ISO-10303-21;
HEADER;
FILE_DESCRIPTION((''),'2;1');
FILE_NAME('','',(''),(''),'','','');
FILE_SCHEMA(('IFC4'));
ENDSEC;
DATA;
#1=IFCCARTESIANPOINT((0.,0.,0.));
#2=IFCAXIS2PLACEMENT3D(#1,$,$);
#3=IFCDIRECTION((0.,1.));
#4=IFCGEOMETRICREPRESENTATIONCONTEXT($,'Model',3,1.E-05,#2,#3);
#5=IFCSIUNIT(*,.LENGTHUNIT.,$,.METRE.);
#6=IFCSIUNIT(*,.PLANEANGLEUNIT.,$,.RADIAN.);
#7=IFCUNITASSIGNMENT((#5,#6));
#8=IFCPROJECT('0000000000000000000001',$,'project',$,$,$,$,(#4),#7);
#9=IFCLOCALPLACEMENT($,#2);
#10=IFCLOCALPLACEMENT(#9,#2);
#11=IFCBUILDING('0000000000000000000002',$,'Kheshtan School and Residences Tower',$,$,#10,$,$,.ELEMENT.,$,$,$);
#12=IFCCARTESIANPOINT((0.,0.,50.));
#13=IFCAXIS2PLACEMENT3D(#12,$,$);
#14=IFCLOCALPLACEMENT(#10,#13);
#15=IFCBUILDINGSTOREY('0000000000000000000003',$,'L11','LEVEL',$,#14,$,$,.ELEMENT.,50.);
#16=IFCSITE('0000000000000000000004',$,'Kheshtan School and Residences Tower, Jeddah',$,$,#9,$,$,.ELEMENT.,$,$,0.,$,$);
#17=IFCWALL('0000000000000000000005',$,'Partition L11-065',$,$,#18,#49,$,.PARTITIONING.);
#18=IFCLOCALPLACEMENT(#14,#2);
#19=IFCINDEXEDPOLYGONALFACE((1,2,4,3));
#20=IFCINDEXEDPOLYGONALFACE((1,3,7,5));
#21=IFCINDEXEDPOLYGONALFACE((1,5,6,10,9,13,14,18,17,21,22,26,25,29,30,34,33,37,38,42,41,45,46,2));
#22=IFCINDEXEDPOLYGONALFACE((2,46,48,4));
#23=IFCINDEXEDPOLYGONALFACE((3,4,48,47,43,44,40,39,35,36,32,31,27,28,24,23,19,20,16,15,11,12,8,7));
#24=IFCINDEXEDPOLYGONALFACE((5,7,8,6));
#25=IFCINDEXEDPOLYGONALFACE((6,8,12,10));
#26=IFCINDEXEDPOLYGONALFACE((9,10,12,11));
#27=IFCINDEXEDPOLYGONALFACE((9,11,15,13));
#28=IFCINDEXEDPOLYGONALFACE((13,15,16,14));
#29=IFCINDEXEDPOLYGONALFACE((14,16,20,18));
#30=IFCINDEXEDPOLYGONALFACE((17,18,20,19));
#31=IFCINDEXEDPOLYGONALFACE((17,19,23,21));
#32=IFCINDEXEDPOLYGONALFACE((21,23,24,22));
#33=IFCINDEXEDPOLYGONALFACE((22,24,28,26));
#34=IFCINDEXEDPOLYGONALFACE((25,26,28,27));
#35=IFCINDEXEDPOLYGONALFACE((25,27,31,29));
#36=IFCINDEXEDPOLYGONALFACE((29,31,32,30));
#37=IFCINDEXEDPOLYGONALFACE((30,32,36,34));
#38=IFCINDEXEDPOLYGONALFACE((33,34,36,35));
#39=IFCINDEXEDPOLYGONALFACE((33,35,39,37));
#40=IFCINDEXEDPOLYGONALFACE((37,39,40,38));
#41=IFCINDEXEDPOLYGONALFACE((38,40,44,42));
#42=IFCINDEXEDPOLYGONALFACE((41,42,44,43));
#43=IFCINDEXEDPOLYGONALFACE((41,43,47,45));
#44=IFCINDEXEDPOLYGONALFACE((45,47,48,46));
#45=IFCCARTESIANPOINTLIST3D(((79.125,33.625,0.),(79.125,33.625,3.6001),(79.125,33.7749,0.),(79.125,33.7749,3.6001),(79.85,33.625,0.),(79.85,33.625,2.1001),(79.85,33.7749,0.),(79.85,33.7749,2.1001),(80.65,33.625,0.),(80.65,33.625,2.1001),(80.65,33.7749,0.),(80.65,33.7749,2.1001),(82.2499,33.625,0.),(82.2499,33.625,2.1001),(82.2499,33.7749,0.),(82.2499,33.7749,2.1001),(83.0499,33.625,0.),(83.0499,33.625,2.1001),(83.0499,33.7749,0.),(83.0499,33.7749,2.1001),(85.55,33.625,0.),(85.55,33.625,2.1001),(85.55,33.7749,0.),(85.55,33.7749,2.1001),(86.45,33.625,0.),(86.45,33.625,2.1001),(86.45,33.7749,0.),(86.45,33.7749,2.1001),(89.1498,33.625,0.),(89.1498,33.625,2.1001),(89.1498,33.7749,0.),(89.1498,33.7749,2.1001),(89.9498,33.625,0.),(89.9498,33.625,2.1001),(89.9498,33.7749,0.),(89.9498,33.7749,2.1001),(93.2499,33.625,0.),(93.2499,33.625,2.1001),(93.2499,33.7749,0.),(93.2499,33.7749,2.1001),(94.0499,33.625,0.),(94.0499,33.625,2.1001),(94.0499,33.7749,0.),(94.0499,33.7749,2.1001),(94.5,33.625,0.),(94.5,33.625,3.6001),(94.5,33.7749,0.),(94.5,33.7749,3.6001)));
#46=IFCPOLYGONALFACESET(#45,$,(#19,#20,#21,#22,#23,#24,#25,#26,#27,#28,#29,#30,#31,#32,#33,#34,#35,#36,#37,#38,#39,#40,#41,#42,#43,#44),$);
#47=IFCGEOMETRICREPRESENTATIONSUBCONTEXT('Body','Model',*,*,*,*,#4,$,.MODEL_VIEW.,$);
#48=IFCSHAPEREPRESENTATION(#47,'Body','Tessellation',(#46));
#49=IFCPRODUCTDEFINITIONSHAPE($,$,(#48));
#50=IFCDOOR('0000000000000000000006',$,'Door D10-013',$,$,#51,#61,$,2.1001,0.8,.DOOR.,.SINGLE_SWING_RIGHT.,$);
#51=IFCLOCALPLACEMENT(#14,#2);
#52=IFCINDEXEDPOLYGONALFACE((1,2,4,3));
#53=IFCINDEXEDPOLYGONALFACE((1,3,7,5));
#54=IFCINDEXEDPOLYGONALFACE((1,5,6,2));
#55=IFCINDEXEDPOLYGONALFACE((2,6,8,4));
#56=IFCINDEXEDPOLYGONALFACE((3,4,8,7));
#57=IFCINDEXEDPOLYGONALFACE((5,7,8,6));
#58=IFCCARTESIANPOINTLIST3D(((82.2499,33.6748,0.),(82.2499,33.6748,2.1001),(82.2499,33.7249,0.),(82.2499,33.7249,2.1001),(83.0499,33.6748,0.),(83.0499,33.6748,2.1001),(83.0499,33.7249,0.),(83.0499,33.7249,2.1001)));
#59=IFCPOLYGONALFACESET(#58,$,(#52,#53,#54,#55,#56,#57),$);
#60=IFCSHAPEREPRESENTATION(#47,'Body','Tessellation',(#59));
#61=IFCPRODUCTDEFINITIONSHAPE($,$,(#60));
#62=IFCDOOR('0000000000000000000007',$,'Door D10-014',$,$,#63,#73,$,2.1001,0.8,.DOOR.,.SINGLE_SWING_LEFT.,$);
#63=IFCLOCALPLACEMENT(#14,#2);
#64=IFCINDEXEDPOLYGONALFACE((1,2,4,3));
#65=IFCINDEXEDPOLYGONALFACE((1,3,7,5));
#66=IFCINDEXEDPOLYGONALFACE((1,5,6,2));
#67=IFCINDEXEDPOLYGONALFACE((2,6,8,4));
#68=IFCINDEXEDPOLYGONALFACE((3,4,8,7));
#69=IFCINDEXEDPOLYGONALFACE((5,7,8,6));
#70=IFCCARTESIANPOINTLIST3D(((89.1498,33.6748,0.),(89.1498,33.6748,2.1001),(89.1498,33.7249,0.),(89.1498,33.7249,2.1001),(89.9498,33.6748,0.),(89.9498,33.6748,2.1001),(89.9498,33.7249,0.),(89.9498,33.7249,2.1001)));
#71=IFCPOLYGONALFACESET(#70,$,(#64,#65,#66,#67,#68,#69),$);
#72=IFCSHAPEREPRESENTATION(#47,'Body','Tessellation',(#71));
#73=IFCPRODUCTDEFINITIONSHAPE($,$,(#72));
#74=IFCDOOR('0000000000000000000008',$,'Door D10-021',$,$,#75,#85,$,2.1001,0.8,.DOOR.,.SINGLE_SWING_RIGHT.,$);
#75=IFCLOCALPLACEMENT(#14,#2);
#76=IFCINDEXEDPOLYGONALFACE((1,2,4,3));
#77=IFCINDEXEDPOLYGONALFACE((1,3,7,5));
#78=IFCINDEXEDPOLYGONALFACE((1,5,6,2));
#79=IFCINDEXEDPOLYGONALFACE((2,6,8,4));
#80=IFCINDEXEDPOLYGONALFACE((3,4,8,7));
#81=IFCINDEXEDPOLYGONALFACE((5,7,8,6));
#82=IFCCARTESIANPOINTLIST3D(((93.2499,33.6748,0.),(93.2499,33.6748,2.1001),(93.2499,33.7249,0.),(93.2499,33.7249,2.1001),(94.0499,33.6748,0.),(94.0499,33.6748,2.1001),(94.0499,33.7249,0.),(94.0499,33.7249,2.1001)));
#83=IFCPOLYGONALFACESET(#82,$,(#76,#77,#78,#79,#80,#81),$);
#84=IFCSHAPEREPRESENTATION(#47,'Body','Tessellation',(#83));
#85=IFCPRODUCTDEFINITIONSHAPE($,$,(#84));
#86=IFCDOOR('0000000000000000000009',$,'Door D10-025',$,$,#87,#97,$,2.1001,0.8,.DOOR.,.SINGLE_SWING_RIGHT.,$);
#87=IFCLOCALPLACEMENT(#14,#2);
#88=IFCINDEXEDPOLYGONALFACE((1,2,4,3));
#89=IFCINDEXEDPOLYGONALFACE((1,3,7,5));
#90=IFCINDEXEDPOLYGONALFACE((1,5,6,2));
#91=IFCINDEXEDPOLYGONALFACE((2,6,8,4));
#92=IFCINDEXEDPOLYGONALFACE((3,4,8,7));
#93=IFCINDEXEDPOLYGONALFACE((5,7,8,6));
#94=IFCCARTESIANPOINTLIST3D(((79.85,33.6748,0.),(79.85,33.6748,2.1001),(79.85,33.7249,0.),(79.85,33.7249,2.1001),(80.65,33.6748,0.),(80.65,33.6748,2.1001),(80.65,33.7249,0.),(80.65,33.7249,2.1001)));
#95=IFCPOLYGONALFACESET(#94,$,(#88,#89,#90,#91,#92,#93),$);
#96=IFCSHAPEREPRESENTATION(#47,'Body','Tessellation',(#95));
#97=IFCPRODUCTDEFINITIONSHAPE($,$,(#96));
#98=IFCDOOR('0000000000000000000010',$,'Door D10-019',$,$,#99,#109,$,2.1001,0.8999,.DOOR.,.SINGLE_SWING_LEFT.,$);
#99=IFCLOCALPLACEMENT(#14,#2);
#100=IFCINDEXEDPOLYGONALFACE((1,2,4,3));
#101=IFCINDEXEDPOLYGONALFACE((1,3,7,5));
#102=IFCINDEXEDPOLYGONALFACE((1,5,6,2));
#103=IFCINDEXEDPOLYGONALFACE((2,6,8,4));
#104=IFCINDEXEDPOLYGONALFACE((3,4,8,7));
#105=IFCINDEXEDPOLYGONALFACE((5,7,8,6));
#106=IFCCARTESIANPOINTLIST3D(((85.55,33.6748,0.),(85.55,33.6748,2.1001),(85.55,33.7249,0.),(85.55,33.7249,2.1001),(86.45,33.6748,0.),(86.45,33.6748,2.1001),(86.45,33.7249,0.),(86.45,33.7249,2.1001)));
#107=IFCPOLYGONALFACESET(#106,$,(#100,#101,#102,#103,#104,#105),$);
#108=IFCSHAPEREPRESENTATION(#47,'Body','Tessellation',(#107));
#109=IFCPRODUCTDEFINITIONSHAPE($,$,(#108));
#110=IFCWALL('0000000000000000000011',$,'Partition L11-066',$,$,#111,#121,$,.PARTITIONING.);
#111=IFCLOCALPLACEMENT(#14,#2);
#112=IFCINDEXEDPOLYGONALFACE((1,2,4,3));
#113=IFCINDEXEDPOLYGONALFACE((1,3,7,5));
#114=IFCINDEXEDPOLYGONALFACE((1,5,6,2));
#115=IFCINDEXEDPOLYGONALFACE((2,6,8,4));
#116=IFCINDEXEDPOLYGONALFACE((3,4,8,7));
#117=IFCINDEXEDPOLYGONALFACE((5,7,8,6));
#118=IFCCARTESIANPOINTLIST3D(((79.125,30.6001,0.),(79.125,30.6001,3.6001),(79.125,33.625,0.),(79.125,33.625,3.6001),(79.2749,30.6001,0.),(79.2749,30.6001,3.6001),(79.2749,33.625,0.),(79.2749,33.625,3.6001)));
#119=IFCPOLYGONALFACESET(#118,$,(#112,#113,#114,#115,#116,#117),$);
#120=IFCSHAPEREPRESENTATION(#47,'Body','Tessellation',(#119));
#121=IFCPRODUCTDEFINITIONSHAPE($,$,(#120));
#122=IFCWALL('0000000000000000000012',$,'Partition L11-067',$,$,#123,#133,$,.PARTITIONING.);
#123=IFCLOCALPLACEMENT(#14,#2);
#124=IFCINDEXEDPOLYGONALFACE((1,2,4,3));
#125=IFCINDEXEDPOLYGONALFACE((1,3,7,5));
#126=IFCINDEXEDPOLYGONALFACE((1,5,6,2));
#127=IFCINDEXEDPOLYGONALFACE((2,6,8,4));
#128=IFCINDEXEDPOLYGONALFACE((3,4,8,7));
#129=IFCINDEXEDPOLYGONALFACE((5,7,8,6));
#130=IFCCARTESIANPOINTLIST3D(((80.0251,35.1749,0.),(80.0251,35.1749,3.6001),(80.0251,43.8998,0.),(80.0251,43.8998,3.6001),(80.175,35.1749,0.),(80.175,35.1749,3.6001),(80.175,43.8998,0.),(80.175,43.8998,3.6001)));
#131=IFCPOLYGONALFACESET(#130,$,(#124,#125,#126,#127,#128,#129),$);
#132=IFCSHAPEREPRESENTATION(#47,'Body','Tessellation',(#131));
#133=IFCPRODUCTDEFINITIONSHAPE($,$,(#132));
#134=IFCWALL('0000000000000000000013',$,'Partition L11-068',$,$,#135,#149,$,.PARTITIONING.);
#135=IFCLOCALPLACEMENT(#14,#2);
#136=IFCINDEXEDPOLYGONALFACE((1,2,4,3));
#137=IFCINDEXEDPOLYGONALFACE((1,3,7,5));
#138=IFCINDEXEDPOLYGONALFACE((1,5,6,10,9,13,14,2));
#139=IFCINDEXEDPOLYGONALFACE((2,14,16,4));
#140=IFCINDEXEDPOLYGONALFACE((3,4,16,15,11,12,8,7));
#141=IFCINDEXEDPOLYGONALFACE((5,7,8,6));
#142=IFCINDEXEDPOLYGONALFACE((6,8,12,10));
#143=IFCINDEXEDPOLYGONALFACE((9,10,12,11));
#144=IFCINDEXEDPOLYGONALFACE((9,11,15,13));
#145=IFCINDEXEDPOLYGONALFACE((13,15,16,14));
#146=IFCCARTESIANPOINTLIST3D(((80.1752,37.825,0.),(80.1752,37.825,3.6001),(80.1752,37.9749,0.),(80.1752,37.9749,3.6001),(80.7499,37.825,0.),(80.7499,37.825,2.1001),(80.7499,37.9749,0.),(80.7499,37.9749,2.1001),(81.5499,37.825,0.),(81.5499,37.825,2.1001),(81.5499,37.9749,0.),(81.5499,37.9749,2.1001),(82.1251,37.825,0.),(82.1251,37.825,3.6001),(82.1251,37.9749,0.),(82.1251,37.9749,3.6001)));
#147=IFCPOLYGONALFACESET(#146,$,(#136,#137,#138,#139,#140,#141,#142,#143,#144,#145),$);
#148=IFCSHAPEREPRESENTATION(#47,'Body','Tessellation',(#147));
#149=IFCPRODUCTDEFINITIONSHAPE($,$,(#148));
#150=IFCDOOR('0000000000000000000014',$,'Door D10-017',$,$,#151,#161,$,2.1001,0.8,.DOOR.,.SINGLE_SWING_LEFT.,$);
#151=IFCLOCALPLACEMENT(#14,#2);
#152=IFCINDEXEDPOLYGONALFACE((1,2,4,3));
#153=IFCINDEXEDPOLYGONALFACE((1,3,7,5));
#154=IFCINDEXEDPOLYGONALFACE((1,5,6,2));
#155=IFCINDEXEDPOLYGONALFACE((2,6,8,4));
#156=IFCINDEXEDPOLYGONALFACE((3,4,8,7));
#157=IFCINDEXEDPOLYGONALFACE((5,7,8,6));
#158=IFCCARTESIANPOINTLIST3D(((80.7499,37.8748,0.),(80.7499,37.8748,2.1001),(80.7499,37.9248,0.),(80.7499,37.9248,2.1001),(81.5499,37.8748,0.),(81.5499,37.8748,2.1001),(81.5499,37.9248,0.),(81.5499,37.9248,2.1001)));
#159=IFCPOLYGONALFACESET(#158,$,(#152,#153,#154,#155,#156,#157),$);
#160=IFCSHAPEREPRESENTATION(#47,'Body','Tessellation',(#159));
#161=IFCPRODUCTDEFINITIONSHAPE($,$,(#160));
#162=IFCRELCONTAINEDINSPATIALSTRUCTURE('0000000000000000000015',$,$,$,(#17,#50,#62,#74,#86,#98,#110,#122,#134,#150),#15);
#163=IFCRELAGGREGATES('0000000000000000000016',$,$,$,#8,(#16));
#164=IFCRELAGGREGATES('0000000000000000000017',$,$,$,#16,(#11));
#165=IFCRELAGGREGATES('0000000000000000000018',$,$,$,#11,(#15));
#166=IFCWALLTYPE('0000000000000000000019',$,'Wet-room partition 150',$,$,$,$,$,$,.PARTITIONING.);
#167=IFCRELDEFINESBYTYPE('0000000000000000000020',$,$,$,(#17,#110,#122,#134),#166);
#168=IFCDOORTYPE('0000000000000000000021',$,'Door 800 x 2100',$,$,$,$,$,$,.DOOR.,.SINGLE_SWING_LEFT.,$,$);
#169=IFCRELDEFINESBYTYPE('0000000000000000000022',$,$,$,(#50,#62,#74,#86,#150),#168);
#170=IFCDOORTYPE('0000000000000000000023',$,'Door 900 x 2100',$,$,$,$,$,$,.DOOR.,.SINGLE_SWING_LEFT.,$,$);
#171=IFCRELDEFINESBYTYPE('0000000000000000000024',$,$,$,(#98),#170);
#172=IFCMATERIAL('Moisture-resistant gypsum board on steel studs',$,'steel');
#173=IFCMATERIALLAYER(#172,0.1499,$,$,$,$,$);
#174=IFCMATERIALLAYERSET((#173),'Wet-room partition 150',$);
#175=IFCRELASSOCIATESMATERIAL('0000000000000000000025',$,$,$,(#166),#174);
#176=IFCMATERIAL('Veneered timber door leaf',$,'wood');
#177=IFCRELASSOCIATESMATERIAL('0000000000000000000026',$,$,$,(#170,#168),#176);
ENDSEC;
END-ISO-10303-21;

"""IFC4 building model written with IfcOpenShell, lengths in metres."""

from ifc_helpers import new_model, si_unit, direction, frame, frame_2d, origin, place, context, subcontext, project, spatial, rectangle, extrude, source, transform, mapped, material, layer, layer_set, type_object, element, fill, save


model = new_model("IFC4")

# Units and contexts
model_context = context("Model", 3, precision=1e-05, world=origin(), true_north=direction((0.0, 1.0)))
body_context = subcontext(model_context, "Body", "Model", "MODEL_VIEW")
ifc_project = project(units=[si_unit("LENGTHUNIT", "METRE"), si_unit("PLANEANGLEUNIT", "RADIAN")], contexts=[model_context])

# Site, building, storey
site_placement = place(None, origin())
site = spatial("IfcSite", under=ifc_project, at=site_placement, Name="Kheshtan School and Residences Tower, Jeddah", CompositionType="ELEMENT", RefElevation=0.0)
building_placement = place(site_placement, origin())
building = spatial("IfcBuilding", under=site, at=building_placement, Name="Kheshtan School and Residences Tower", CompositionType="ELEMENT")
storey_placement = place(building_placement, frame((0.0, 0.0, 50.0)))
storey = spatial("IfcBuildingStorey", under=building, at=storey_placement, Name="L11", Description="LEVEL", CompositionType="ELEMENT", Elevation=50.0)

# Wall, openings, doors
ifc_material_1 = material(Name="Moisture-resistant gypsum board on steel studs", Category="steel")
ifc_layer_1 = layer(ifc_material_1, 0.1499)
ifc_layer_set_1 = layer_set([ifc_layer_1], Name="Wet-room partition 150")
wall_type_1 = type_object("IfcWallType", Name="Wet-room partition 150", PredefinedType="PARTITIONING", material=ifc_layer_set_1)
ifc_material_2 = material(Name="Veneered timber door leaf", Category="wood")
door_type_1 = type_object("IfcDoorType", Name="Door 900 x 2100", OperationType="SINGLE_SWING_LEFT", PredefinedType="DOOR", material=ifc_material_2)
shared_shape_1 = source(origin(), body_context, "Body", "SweptSolid", [
    extrude(rectangle(XDim=0.8999, YDim=2.1001, at=frame_2d((0.45, 1.05))), frame((0.0, 0.0249, 0.0), z_axis=(0.0, -1.0, 0.0), x_axis=(1.0, 0.0, 0.0)), (0.0, 0.0, 1.0), 0.05),
])
wall_1_placement = place(storey_placement, frame((79.125, 33.7, 0.0), z_axis=(0.0, 0.0, 1.0), x_axis=(1.0, 0.0, 0.0)))
wall_1 = element("IfcWall", 1, at=wall_1_placement, inside=storey, type_object=wall_type_1, Name="Partition L11-065", PredefinedType="PARTITIONING", context=body_context, shape_type="SweptSolid", body=[
    extrude(rectangle(XDim=15.375, YDim=0.1499, at=frame_2d((7.6875, 0.0))), origin(), (0.0, 0.0, 1.0), 3.6001),
])
opening_1_placement = place(wall_1_placement, frame((3.125, 0.0, 0.0)))
opening_1 = element("IfcOpeningElement", 2, at=opening_1_placement, cuts=wall_1, PredefinedType="OPENING", context=body_context, shape_type="SweptSolid", body=[
    extrude(rectangle(XDim=0.8, YDim=2.1001, at=frame_2d((0.3999, 1.05))), frame((0.0, 0.085, 0.0), z_axis=(0.0, -1.0, 0.0), x_axis=(1.0, 0.0, 0.0)), (0.0, 0.0, 1.0), 0.1699),
])
opening_2_placement = place(wall_1_placement, frame((10.0249, 0.0, 0.0)))
opening_2 = element("IfcOpeningElement", 3, at=opening_2_placement, cuts=wall_1, PredefinedType="OPENING", context=body_context, shape_type="SweptSolid", body=[
    extrude(rectangle(XDim=0.8, YDim=2.1001, at=frame_2d((0.3999, 1.05))), frame((0.0, 0.085, 0.0), z_axis=(0.0, -1.0, 0.0), x_axis=(1.0, 0.0, 0.0)), (0.0, 0.0, 1.0), 0.1699),
])
opening_3_placement = place(wall_1_placement, frame((6.425, 0.0, 0.0)))
opening_3 = element("IfcOpeningElement", 4, at=opening_3_placement, cuts=wall_1, PredefinedType="OPENING", context=body_context, shape_type="SweptSolid", body=[
    extrude(rectangle(XDim=0.8999, YDim=2.1001, at=frame_2d((0.45, 1.05))), frame((0.0, 0.085, 0.0), z_axis=(0.0, -1.0, 0.0), x_axis=(1.0, 0.0, 0.0)), (0.0, 0.0, 1.0), 0.1699),
])
opening_4_placement = place(wall_1_placement, frame((14.125, 0.0, 0.0)))
opening_4 = element("IfcOpeningElement", 5, at=opening_4_placement, cuts=wall_1, PredefinedType="OPENING", context=body_context, shape_type="SweptSolid", body=[
    extrude(rectangle(XDim=0.8, YDim=2.1001, at=frame_2d((0.3999, 1.05))), frame((0.0, 0.085, 0.0), z_axis=(0.0, -1.0, 0.0), x_axis=(1.0, 0.0, 0.0)), (0.0, 0.0, 1.0), 0.1699),
])
opening_5_placement = place(wall_1_placement, frame((0.7251, 0.0, 0.0)))
opening_5 = element("IfcOpeningElement", 6, at=opening_5_placement, cuts=wall_1, PredefinedType="OPENING", context=body_context, shape_type="SweptSolid", body=[
    extrude(rectangle(XDim=0.8, YDim=2.1001, at=frame_2d((0.3999, 1.05))), frame((0.0, 0.085, 0.0), z_axis=(0.0, -1.0, 0.0), x_axis=(1.0, 0.0, 0.0)), (0.0, 0.0, 1.0), 0.1699),
])
door_type_2 = type_object("IfcDoorType", Name="Door 800 x 2100", OperationType="SINGLE_SWING_LEFT", PredefinedType="DOOR", material=ifc_material_2)
shared_shape_2 = source(origin(), body_context, "Body", "SweptSolid", [
    extrude(rectangle(XDim=0.8, YDim=2.1001, at=frame_2d((0.3999, 1.05))), frame((0.0, 0.0249, 0.0), z_axis=(0.0, -1.0, 0.0), x_axis=(1.0, 0.0, 0.0)), (0.0, 0.0, 1.0), 0.05),
])
door_1_placement = place(opening_1_placement, origin())
door_1 = element("IfcDoor", 7, at=door_1_placement, inside=storey, type_object=door_type_2, Name="Door D10-013", OperationType="SINGLE_SWING_RIGHT", OverallHeight=2.1001, OverallWidth=0.8, PredefinedType="DOOR", context=body_context, shape_type="MappedRepresentation", body=[
    mapped(shared_shape_2, transform((0.0, 0.0, 0.0), x_axis=(1.0, 0.0, 0.0), y_axis=(0.0, 1.0, 0.0), z_axis=(0.0, 0.0, 1.0), scale=1.0)),
])
fill(opening_1, door_1)
door_2_placement = place(opening_2_placement, origin())
door_2 = element("IfcDoor", 8, at=door_2_placement, inside=storey, type_object=door_type_2, Name="Door D10-014", OperationType="SINGLE_SWING_LEFT", OverallHeight=2.1001, OverallWidth=0.8, PredefinedType="DOOR", context=body_context, shape_type="MappedRepresentation", body=[
    mapped(shared_shape_2, transform((0.0, 0.0, 0.0), x_axis=(1.0, 0.0, 0.0), y_axis=(0.0, 1.0, 0.0), z_axis=(0.0, 0.0, 1.0), scale=1.0)),
])
fill(opening_2, door_2)
door_3_placement = place(opening_4_placement, origin())
door_3 = element("IfcDoor", 9, at=door_3_placement, inside=storey, type_object=door_type_2, Name="Door D10-021", OperationType="SINGLE_SWING_RIGHT", OverallHeight=2.1001, OverallWidth=0.8, PredefinedType="DOOR", context=body_context, shape_type="MappedRepresentation", body=[
    mapped(shared_shape_2, transform((0.0, 0.0, 0.0), x_axis=(1.0, 0.0, 0.0), y_axis=(0.0, 1.0, 0.0), z_axis=(0.0, 0.0, 1.0), scale=1.0)),
])
fill(opening_4, door_3)
door_4_placement = place(opening_5_placement, origin())
door_4 = element("IfcDoor", 10, at=door_4_placement, inside=storey, type_object=door_type_2, Name="Door D10-025", OperationType="SINGLE_SWING_RIGHT", OverallHeight=2.1001, OverallWidth=0.8, PredefinedType="DOOR", context=body_context, shape_type="MappedRepresentation", body=[
    mapped(shared_shape_2, transform((0.0, 0.0, 0.0), x_axis=(1.0, 0.0, 0.0), y_axis=(0.0, 1.0, 0.0), z_axis=(0.0, 0.0, 1.0), scale=1.0)),
])
fill(opening_5, door_4)
door_5_placement = place(opening_3_placement, origin())
door_5 = element("IfcDoor", 11, at=door_5_placement, inside=storey, type_object=door_type_1, Name="Door D10-019", OperationType="SINGLE_SWING_LEFT", OverallHeight=2.1001, OverallWidth=0.8999, PredefinedType="DOOR", context=body_context, shape_type="MappedRepresentation", body=[
    mapped(shared_shape_1, transform((0.0, 0.0, 0.0), x_axis=(1.0, 0.0, 0.0), y_axis=(0.0, 1.0, 0.0), z_axis=(0.0, 0.0, 1.0), scale=1.0)),
])
fill(opening_3, door_5)

# Walls
wall_2_placement = place(storey_placement, frame((79.2, 30.6001, 0.0), z_axis=(0.0, 0.0, 1.0), x_axis=(0.0, 1.0, 0.0)))
element("IfcWall", 12, at=wall_2_placement, inside=storey, type_object=wall_type_1, Name="Partition L11-066", PredefinedType="PARTITIONING", context=body_context, shape_type="SweptSolid", body=[
    extrude(rectangle(XDim=3.0249, YDim=0.1499, at=frame_2d((1.5125, 0.0))), origin(), (0.0, 0.0, 1.0), 3.6001),
])
wall_3_placement = place(storey_placement, frame((80.1001, 35.175, 0.0), z_axis=(0.0, 0.0, 1.0), x_axis=(0.0, 1.0, 0.0)))
element("IfcWall", 13, at=wall_3_placement, inside=storey, type_object=wall_type_1, Name="Partition L11-067", PredefinedType="PARTITIONING", context=body_context, shape_type="SweptSolid", body=[
    extrude(rectangle(XDim=8.7249, YDim=0.1499, at=frame_2d((4.3623, 0.0))), origin(), (0.0, 0.0, 1.0), 3.6001),
])

# Wall, opening, door
wall_4_placement = place(storey_placement, frame((80.175, 37.8999, 0.0), z_axis=(0.0, 0.0, 1.0), x_axis=(1.0, 0.0, 0.0)))
wall_4 = element("IfcWall", 14, at=wall_4_placement, inside=storey, type_object=wall_type_1, Name="Partition L11-068", PredefinedType="PARTITIONING", context=body_context, shape_type="SweptSolid", body=[
    extrude(rectangle(XDim=1.95, YDim=0.1499, at=frame_2d((0.9751, 0.0))), origin(), (0.0, 0.0, 1.0), 3.6001),
])
opening_6_placement = place(wall_4_placement, frame((0.575, 0.0, 0.0)))
opening_6 = element("IfcOpeningElement", 15, at=opening_6_placement, cuts=wall_4, PredefinedType="OPENING", context=body_context, shape_type="SweptSolid", body=[
    extrude(rectangle(XDim=0.8, YDim=2.1001, at=frame_2d((0.3999, 1.05))), frame((0.0, 0.085, 0.0), z_axis=(0.0, -1.0, 0.0), x_axis=(1.0, 0.0, 0.0)), (0.0, 0.0, 1.0), 0.1699),
])
door_6_placement = place(opening_6_placement, origin())
door_6 = element("IfcDoor", 16, at=door_6_placement, inside=storey, type_object=door_type_2, Name="Door D10-017", OperationType="SINGLE_SWING_LEFT", OverallHeight=2.1001, OverallWidth=0.8, PredefinedType="DOOR", context=body_context, shape_type="MappedRepresentation", body=[
    mapped(shared_shape_2, transform((0.0, 0.0, 0.0), x_axis=(1.0, 0.0, 0.0), y_axis=(0.0, 1.0, 0.0), z_axis=(0.0, 0.0, 1.0), scale=1.0)),
])
fill(opening_6, door_6)

save(model, "model.ifc")
